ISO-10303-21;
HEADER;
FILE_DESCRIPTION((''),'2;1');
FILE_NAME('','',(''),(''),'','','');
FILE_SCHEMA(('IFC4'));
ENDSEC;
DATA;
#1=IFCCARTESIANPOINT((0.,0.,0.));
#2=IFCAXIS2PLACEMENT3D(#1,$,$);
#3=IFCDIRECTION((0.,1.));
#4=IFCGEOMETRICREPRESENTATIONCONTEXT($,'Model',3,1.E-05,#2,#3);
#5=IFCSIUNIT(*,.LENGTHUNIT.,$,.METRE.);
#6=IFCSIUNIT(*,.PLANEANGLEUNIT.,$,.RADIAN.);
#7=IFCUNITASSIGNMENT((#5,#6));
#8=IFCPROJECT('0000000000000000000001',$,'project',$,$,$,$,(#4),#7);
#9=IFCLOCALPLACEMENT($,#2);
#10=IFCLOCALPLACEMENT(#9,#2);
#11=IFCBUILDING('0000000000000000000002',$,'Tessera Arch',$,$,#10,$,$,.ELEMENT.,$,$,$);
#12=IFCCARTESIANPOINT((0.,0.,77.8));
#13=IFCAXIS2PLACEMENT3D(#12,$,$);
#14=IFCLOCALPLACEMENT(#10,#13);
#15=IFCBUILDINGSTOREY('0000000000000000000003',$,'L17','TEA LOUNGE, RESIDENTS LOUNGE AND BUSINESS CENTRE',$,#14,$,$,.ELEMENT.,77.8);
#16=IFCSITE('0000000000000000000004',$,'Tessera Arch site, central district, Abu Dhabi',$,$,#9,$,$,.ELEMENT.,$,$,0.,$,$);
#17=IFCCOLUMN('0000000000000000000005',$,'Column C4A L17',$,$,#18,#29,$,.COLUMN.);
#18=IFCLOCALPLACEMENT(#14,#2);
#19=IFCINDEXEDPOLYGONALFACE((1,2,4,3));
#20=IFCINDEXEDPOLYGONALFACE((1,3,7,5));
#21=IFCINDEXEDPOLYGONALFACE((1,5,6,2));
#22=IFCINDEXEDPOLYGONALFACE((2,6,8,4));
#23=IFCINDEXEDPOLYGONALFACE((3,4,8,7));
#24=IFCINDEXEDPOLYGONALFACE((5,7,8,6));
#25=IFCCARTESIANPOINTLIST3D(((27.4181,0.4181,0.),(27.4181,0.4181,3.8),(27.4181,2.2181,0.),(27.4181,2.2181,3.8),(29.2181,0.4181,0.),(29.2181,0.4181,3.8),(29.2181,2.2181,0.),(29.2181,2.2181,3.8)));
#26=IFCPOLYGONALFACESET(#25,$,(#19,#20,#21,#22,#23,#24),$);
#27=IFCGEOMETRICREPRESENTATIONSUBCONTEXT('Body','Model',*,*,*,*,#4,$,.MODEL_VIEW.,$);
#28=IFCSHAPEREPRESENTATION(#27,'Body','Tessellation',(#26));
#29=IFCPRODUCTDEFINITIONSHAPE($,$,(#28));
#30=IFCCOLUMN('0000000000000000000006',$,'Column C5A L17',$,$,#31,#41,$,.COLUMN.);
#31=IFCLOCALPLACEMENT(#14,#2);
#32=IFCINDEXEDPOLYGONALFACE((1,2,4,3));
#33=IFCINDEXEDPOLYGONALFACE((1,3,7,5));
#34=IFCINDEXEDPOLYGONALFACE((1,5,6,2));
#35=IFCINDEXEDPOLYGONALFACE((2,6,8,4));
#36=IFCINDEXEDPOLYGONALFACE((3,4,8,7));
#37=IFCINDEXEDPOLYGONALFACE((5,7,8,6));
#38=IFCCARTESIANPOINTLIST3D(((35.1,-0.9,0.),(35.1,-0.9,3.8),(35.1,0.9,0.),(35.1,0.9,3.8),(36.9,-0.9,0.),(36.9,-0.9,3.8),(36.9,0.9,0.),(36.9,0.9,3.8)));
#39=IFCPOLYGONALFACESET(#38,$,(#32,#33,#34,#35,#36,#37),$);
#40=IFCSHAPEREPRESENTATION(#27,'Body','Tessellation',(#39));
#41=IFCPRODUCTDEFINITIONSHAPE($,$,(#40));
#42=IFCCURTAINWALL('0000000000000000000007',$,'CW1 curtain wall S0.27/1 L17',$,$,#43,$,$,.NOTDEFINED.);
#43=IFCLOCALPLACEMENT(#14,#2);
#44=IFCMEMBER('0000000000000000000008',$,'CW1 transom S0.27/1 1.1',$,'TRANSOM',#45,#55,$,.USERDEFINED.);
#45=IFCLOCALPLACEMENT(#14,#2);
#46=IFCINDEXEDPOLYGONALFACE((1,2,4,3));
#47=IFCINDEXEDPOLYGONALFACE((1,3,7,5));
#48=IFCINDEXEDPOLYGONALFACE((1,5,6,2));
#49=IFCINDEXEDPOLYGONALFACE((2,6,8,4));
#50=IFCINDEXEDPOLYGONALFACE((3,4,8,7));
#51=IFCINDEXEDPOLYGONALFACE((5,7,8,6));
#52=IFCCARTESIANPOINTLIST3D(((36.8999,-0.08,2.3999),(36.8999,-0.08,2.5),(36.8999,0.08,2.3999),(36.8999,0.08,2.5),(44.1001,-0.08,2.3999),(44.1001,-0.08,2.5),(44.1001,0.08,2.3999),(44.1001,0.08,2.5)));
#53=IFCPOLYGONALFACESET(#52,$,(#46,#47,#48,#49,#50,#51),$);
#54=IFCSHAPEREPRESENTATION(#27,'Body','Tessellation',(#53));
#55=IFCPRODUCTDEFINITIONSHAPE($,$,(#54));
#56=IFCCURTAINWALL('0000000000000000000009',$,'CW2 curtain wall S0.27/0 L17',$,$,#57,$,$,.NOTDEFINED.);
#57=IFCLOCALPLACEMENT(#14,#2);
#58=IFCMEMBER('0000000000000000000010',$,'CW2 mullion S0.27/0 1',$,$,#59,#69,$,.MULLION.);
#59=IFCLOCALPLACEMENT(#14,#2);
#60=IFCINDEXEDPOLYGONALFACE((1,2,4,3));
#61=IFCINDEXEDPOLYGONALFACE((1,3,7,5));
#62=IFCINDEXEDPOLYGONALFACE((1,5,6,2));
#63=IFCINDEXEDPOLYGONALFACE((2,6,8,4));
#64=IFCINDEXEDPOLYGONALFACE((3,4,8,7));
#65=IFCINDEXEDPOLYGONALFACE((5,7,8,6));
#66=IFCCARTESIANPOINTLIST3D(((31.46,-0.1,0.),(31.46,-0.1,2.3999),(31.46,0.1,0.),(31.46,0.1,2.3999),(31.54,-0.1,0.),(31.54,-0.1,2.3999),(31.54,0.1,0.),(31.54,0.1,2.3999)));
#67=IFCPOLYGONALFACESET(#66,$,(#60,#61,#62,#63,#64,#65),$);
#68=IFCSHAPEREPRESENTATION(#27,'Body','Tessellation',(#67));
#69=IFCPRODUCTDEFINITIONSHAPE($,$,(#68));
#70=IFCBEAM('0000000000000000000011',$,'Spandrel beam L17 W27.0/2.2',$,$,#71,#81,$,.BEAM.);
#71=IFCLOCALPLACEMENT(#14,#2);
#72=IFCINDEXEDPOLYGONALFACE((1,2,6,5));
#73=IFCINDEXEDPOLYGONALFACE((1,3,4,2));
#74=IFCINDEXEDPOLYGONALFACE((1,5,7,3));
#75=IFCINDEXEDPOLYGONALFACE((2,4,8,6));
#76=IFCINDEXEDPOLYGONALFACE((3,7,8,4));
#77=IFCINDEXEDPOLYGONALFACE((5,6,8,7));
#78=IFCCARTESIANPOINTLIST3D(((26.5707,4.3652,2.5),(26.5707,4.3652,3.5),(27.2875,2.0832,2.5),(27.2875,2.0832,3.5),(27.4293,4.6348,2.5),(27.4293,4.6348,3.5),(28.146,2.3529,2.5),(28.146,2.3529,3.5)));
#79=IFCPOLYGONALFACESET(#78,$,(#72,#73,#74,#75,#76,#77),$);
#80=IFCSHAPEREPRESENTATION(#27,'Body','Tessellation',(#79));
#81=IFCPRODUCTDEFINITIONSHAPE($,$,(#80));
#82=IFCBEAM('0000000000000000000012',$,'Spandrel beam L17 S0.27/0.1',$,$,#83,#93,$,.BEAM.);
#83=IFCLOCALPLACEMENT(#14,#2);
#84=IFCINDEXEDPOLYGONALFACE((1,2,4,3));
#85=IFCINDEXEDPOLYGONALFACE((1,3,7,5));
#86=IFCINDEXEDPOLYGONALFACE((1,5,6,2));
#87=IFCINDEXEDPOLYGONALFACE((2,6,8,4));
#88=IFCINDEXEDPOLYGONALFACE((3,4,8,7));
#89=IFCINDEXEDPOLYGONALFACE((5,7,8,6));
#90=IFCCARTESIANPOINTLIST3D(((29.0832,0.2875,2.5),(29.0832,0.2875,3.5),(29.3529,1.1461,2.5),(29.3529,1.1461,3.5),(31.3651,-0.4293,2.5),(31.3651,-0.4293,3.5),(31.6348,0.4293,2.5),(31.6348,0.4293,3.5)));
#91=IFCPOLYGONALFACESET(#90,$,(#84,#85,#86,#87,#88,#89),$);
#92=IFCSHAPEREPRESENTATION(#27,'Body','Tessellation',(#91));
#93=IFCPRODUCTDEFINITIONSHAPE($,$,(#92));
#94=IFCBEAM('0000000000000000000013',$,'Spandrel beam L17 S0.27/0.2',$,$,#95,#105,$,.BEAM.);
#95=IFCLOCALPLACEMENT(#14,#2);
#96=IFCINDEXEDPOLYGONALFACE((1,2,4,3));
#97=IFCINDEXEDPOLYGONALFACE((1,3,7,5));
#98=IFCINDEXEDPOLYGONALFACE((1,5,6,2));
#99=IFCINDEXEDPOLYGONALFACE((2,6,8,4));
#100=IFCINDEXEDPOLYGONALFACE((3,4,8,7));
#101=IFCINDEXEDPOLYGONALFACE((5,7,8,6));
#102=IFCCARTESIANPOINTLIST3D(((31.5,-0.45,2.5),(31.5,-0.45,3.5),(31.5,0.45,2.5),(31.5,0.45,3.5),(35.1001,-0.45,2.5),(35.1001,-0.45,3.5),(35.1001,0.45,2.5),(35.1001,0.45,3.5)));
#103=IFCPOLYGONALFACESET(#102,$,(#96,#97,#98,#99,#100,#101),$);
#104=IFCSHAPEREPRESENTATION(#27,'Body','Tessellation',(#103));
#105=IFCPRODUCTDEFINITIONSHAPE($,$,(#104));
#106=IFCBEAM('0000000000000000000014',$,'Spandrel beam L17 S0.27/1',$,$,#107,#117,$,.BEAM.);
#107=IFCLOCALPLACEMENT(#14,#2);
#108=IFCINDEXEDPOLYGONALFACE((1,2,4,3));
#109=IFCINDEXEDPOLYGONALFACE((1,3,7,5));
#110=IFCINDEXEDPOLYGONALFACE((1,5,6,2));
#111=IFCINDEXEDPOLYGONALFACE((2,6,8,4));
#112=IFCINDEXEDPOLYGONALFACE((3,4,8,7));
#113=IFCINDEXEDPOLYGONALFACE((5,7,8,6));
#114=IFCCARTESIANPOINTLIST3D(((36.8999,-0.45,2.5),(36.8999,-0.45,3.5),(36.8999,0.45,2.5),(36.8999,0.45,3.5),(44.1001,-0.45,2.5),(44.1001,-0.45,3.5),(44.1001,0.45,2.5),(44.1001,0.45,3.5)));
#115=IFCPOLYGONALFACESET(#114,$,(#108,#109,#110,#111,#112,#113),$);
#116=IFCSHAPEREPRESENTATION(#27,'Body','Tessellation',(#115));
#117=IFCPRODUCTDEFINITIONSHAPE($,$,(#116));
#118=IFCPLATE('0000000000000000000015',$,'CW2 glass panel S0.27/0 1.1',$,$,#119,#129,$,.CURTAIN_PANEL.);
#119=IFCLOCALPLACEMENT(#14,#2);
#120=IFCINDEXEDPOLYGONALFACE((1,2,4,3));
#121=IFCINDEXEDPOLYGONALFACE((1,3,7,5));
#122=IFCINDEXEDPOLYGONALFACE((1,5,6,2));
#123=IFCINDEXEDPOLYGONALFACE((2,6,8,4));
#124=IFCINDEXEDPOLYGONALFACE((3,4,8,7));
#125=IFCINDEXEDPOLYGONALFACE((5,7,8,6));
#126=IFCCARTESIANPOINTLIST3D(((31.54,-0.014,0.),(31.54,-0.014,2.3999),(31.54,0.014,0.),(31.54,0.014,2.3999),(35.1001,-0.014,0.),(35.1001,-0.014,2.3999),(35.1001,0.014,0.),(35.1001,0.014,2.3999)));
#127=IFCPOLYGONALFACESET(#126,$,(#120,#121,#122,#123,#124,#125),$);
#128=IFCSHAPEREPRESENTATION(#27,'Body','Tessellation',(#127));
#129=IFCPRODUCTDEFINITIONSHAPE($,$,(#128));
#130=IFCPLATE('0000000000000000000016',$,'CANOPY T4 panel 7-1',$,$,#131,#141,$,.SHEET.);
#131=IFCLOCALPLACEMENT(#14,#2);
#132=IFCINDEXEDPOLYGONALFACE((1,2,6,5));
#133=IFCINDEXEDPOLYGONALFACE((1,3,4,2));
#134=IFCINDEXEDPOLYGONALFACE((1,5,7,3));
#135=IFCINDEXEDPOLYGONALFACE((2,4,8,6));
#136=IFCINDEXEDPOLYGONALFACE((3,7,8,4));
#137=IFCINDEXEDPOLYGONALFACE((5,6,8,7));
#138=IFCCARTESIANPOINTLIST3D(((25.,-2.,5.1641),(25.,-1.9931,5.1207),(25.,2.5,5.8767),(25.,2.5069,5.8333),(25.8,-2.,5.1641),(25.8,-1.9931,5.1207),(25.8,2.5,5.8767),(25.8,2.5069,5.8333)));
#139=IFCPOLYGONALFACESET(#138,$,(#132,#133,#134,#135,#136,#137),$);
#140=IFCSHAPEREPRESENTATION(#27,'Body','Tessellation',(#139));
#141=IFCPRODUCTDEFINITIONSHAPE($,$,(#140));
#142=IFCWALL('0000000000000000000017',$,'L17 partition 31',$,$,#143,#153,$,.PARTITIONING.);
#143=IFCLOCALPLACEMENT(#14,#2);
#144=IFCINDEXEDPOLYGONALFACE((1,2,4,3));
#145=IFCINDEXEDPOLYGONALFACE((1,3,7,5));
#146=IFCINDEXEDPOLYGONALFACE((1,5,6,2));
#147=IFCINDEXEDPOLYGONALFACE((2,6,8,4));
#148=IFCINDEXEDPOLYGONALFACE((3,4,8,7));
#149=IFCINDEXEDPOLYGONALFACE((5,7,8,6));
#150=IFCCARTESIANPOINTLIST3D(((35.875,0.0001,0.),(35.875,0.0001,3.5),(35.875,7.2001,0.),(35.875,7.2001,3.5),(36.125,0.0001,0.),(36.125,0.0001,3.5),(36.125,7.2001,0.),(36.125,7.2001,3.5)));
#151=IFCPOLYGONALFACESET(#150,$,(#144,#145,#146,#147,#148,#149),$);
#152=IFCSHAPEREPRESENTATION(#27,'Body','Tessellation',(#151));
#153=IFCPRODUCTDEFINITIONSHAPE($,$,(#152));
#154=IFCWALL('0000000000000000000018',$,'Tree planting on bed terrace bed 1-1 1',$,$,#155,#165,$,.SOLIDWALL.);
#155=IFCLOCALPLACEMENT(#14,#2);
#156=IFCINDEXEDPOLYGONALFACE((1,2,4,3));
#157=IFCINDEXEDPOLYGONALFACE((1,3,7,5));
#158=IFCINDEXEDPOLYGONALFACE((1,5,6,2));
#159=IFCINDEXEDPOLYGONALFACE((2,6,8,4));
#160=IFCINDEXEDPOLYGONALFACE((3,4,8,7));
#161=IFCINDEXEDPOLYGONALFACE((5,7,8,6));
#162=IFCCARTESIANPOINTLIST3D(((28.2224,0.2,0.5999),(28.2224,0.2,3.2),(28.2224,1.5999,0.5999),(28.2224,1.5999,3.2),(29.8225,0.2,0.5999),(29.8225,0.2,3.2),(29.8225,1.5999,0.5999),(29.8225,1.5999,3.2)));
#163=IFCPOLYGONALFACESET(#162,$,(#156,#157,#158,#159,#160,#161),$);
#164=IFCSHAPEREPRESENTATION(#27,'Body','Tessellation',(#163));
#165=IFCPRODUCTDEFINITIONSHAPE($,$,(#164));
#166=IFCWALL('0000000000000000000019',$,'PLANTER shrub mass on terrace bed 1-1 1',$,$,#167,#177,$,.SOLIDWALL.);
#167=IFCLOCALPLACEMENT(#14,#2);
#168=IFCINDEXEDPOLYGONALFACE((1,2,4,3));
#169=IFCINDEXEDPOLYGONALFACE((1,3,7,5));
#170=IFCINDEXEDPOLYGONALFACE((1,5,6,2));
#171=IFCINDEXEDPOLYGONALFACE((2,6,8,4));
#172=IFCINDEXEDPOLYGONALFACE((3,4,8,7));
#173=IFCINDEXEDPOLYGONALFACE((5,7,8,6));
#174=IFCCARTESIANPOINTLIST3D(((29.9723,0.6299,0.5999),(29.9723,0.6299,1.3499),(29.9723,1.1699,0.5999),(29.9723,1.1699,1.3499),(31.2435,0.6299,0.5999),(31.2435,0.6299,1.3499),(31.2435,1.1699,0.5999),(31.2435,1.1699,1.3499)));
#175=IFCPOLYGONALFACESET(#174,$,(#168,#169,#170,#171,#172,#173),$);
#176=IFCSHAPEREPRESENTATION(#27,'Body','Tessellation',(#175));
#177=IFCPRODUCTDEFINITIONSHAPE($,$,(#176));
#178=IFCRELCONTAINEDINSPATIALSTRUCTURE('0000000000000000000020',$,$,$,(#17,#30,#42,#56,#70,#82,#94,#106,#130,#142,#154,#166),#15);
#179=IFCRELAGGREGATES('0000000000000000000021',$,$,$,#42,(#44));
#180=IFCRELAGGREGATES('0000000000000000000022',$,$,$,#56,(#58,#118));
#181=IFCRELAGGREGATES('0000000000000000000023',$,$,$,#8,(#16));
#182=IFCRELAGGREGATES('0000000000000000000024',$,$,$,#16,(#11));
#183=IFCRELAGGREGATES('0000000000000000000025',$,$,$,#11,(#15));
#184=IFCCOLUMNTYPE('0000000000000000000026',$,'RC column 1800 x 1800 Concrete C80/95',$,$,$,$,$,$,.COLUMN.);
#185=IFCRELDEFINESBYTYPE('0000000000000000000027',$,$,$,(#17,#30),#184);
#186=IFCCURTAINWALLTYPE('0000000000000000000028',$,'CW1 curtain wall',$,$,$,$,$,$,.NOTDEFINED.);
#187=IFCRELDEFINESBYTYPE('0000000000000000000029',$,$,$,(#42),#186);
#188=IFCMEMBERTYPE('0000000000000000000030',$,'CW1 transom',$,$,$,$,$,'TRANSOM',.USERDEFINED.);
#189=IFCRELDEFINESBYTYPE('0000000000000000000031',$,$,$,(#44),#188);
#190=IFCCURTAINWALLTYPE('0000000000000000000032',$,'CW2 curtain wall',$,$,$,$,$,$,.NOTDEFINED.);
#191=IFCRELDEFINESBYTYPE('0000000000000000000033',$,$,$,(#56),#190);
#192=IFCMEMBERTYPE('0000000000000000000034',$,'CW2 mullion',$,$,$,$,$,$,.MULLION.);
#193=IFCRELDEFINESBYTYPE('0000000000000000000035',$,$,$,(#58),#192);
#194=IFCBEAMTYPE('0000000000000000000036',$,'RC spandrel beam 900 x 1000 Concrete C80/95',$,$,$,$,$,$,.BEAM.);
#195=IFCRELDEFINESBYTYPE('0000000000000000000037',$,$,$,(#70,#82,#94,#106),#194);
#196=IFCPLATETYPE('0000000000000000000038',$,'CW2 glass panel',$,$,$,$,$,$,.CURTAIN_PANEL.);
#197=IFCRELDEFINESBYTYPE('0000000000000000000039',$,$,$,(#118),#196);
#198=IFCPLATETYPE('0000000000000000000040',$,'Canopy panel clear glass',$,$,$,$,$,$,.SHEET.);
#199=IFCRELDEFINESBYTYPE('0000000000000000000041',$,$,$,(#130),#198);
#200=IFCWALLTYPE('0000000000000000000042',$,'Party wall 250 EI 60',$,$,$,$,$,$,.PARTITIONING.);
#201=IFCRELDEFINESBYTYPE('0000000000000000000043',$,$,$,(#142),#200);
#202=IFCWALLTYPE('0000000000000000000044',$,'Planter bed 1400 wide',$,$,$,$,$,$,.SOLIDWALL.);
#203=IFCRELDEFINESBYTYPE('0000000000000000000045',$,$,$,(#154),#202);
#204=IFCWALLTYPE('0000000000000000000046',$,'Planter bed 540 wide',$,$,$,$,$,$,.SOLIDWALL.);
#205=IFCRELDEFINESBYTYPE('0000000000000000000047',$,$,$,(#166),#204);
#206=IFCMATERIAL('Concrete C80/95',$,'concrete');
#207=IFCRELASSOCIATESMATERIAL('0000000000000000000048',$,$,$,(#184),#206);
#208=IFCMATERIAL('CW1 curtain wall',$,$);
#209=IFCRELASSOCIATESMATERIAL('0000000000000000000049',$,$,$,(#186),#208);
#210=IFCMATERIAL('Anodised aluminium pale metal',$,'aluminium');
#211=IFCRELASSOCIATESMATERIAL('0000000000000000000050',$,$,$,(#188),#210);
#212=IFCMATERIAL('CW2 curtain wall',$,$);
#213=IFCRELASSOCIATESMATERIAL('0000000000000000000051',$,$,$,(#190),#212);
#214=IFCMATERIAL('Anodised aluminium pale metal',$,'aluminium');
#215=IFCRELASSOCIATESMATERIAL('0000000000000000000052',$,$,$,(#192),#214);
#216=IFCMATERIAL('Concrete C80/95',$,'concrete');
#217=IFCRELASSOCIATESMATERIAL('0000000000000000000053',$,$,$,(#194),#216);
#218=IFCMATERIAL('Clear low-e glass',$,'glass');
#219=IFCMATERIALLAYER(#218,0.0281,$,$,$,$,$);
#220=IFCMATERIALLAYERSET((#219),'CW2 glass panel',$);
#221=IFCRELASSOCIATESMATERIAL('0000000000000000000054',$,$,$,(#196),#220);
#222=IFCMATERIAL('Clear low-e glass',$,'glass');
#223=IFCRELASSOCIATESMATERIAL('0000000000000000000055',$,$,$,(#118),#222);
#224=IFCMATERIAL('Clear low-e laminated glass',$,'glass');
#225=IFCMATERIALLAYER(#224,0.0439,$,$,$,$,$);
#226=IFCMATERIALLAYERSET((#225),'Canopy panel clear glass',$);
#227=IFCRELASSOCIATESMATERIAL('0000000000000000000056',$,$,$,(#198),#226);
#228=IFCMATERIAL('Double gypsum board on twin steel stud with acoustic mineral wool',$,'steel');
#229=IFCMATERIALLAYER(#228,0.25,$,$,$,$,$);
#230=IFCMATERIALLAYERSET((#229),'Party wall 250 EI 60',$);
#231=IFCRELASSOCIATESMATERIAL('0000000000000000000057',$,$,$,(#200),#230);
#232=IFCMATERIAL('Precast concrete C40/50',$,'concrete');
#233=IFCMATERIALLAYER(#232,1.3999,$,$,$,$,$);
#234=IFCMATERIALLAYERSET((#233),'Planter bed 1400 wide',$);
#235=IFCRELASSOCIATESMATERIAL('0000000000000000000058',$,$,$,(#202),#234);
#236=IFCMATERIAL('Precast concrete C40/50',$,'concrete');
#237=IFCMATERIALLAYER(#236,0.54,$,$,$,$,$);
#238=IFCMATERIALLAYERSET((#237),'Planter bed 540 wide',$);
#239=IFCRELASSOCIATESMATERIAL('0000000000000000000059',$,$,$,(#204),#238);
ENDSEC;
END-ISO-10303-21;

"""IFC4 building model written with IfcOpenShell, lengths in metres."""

from ifc_helpers import new_model, si_unit, direction, frame, frame_2d, origin, origin_2d, place, context, subcontext, project, spatial, polyline, rectangle, outline, extrude, material, layer, layer_set, material_profile, profile_set, type_object, element, aggregate, save


model = new_model("IFC4")

# Units and contexts
model_context = context("Model", 3, precision=1e-05, world=origin(), true_north=direction((0.0, 1.0)))
body_context = subcontext(model_context, "Body", "Model", "MODEL_VIEW")
ifc_project = project(units=[si_unit("LENGTHUNIT", "METRE"), si_unit("PLANEANGLEUNIT", "RADIAN")], contexts=[model_context])

# Site, building, storey
site_placement = place(None, origin())
site = spatial("IfcSite", under=ifc_project, at=site_placement, Name="Tessera Arch site, central district, Abu Dhabi", CompositionType="ELEMENT", RefElevation=0.0)
building_placement = place(site_placement, origin())
building = spatial("IfcBuilding", under=site, at=building_placement, Name="Tessera Arch", CompositionType="ELEMENT")
storey_placement = place(building_placement, frame((0.0, 0.0, 77.8)))
storey = spatial("IfcBuildingStorey", under=building, at=storey_placement, Name="L17", Description="TEA LOUNGE, RESIDENTS LOUNGE AND BUSINESS CENTRE", CompositionType="ELEMENT", Elevation=77.8)

# Columns
ifc_material_1 = material(Name="Concrete C80/95", Category="concrete")
ifc_material_profile_1 = material_profile(ifc_material_1, rectangle(XDim=1.8, YDim=1.8, at=origin_2d()), Name="RC column 1800 x 1800 Concrete C80/95")
ifc_profile_set_1 = profile_set([ifc_material_profile_1], Name="Concrete C80/95")
column_type = type_object("IfcColumnType", Name="RC column 1800 x 1800 Concrete C80/95", PredefinedType="COLUMN", material=ifc_profile_set_1)
for number, where, z_axis, x_axis, name in (
    (1, (28.3181, 1.3181, 0.0), (0.0, 0.0, 1.0), (1.0, 0.0, 0.0), "Column C4A L17"),
    (2, (36.0, 0.0, 0.0), (0.0, 0.0, 1.0), (1.0, 0.0, 0.0), "Column C5A L17"),
):
    element("IfcColumn", number, at=place(storey_placement, frame(where, z_axis=z_axis, x_axis=x_axis)), inside=storey, type_object=column_type, Name=name, PredefinedType="COLUMN", context=body_context, shape_type="SweptSolid", body=[
        extrude(rectangle(XDim=1.8, YDim=1.8, at=origin_2d()), origin(), (0.0, 0.0, 1.0), 3.8),
    ])

# Curtain walls, members
ifc_material_2 = material(Name="CW1 curtain wall")
curtain_wall_type_1 = type_object("IfcCurtainWallType", Name="CW1 curtain wall", PredefinedType="NOTDEFINED", material=ifc_material_2)
curtain_wall_1_placement = place(storey_placement, origin())
curtain_wall_1 = element("IfcCurtainWall", 3, at=curtain_wall_1_placement, inside=storey, type_object=curtain_wall_type_1, Name="CW1 curtain wall S0.27/1 L17", PredefinedType="NOTDEFINED")
ifc_material_3 = material(Name="Anodised aluminium pale metal", Category="aluminium")
ifc_material_profile_2 = material_profile(ifc_material_3, rectangle(XDim=0.1599, YDim=0.1001, at=origin_2d()), Name="AL 160x100")
ifc_profile_set_2 = profile_set([ifc_material_profile_2], Name="Anodised aluminium pale metal")
member_type_1 = type_object("IfcMemberType", Name="CW1 transom", ElementType="TRANSOM", PredefinedType="USERDEFINED", material=ifc_profile_set_2)
member_1_placement = place(storey_placement, frame((36.8999, 0.0, 2.45), z_axis=(1.0, 0.0, 0.0), x_axis=(0.0, 1.0, 0.0)))
member_1 = element("IfcMember", 4, at=member_1_placement, type_object=member_type_1, Name="CW1 transom S0.27/1 1.1", ObjectType="TRANSOM", PredefinedType="USERDEFINED", context=body_context, shape_type="SweptSolid", body=[
    extrude(rectangle(XDim=0.1599, YDim=0.1001, at=origin_2d()), origin(), (0.0, 0.0, 1.0), 7.2002),
])
aggregate(curtain_wall_1, [member_1])
ifc_material_4 = material(Name="CW2 curtain wall")
curtain_wall_type_2 = type_object("IfcCurtainWallType", Name="CW2 curtain wall", PredefinedType="NOTDEFINED", material=ifc_material_4)
curtain_wall_2_placement = place(storey_placement, origin())
curtain_wall_2 = element("IfcCurtainWall", 5, at=curtain_wall_2_placement, inside=storey, type_object=curtain_wall_type_2, Name="CW2 curtain wall S0.27/0 L17", PredefinedType="NOTDEFINED")
ifc_material_5 = material(Name="Anodised aluminium pale metal", Category="aluminium")
ifc_material_profile_3 = material_profile(ifc_material_5, rectangle(XDim=0.2, YDim=0.0801, at=origin_2d()), Name="AL 80x200")
ifc_profile_set_3 = profile_set([ifc_material_profile_3], Name="Anodised aluminium pale metal")
member_type_2 = type_object("IfcMemberType", Name="CW2 mullion", PredefinedType="MULLION", material=ifc_profile_set_3)
member_2_placement = place(storey_placement, frame((31.5, 0.0, 0.0), z_axis=(0.0, 0.0, 1.0), x_axis=(0.0, 1.0, 0.0)))
member_2 = element("IfcMember", 6, at=member_2_placement, type_object=member_type_2, Name="CW2 mullion S0.27/0 1", PredefinedType="MULLION", context=body_context, shape_type="SweptSolid", body=[
    extrude(rectangle(XDim=0.2, YDim=0.0801, at=origin_2d()), origin(), (0.0, 0.0, 1.0), 2.3999),
])

# Beams
ifc_material_6 = material(Name="Concrete C80/95", Category="concrete")
ifc_material_profile_4 = material_profile(ifc_material_6, rectangle(XDim=0.8999, YDim=1.0, at=origin_2d()), Name="RC spandrel beam 900 x 1000 Concrete C80/95")
ifc_profile_set_4 = profile_set([ifc_material_profile_4], Name="Concrete C80/95")
beam_type = type_object("IfcBeamType", Name="RC spandrel beam 900 x 1000 Concrete C80/95", PredefinedType="BEAM", material=ifc_profile_set_4)
for number, where, z_axis, x_axis, name in (
    (7, (27.0, 4.5, 3.0), (0.299675, -0.954041, 0.0), (0.954041, 0.299675, 0.0), "Spandrel beam L17 W27.0/2.2"),
    (8, (29.218, 0.7168, 3.0), (0.954041, -0.299675, 0.0), (0.299675, 0.954041, 0.0), "Spandrel beam L17 S0.27/0.1"),
):
    element("IfcBeam", number, at=place(storey_placement, frame(where, z_axis=z_axis, x_axis=x_axis)), inside=storey, type_object=beam_type, Name=name, PredefinedType="BEAM", context=body_context, shape_type="SweptSolid", body=[
        extrude(rectangle(XDim=0.8999, YDim=1.0, at=origin_2d()), origin(), (0.0, 0.0, 1.0), 2.3918),
    ])
beam_1_placement = place(storey_placement, frame((31.5, 0.0, 3.0), z_axis=(1.0, 0.0, 0.0), x_axis=(0.0, 1.0, 0.0)))
element("IfcBeam", 9, at=beam_1_placement, inside=storey, type_object=beam_type, Name="Spandrel beam L17 S0.27/0.2", PredefinedType="BEAM", context=body_context, shape_type="SweptSolid", body=[
    extrude(rectangle(XDim=0.8999, YDim=1.0, at=origin_2d()), origin(), (0.0, 0.0, 1.0), 3.6001),
])
beam_2_placement = place(storey_placement, frame((36.8999, 0.0, 3.0), z_axis=(1.0, 0.0, 0.0), x_axis=(0.0, 1.0, 0.0)))
element("IfcBeam", 10, at=beam_2_placement, inside=storey, type_object=beam_type, Name="Spandrel beam L17 S0.27/1", PredefinedType="BEAM", context=body_context, shape_type="SweptSolid", body=[
    extrude(rectangle(XDim=0.8999, YDim=1.0, at=origin_2d()), origin(), (0.0, 0.0, 1.0), 7.2002),
])

# Plates
ifc_material_7 = material(Name="Clear low-e glass", Category="glass")
ifc_material_8 = material(Name="Clear low-e glass", Category="glass")
ifc_layer_1 = layer(ifc_material_8, 0.0281)
ifc_layer_set_1 = layer_set([ifc_layer_1], Name="CW2 glass panel")
plate_type_1 = type_object("IfcPlateType", Name="CW2 glass panel", PredefinedType="CURTAIN_PANEL", material=ifc_layer_set_1)
plate_1_placement = place(storey_placement, frame((33.3201, 0.0, 0.0), z_axis=(0.0, 0.0, 1.0), x_axis=(1.0, 0.0, 0.0)))
plate_1 = element("IfcPlate", 11, at=plate_1_placement, type_object=plate_type_1, material=ifc_material_7, Name="CW2 glass panel S0.27/0 1.1", PredefinedType="CURTAIN_PANEL", context=body_context, shape_type="SweptSolid", body=[
    extrude(rectangle(XDim=3.5601, YDim=0.0281, at=origin_2d()), origin(), (0.0, 0.0, 1.0), 2.3999),
])
aggregate(curtain_wall_2, [member_2, plate_1])
ifc_material_9 = material(Name="Clear low-e laminated glass", Category="glass")
ifc_layer_2 = layer(ifc_material_9, 0.0439)
ifc_layer_set_2 = layer_set([ifc_layer_2], Name="Canopy panel clear glass")
plate_type_2 = type_object("IfcPlateType", Name="Canopy panel clear glass", PredefinedType="SHEET", material=ifc_layer_set_2)
plate_2_placement = place(storey_placement, frame((25.8, 2.5, 5.8767), z_axis=(0.0, -0.156417, 0.987691), x_axis=(-1.0, 0.0, 0.0)))
element("IfcPlate", 12, at=plate_2_placement, inside=storey, type_object=plate_type_2, Name="CANOPY T4 panel 7-1", PredefinedType="SHEET", context=body_context, shape_type="SweptSolid", body=[
    extrude(outline(polyline([(0.0, 0.0), (0.8, 0.0), (0.8, 4.5561), (0.0, 4.5561), (0.0, 0.0)])), origin(), (0.0, 0.0, -1.0), 0.0439),
])

# Walls
ifc_material_10 = material(Name="Double gypsum board on twin steel stud with acoustic mineral wool", Category="steel")
ifc_layer_3 = layer(ifc_material_10, 0.25)
ifc_layer_set_3 = layer_set([ifc_layer_3], Name="Party wall 250 EI 60")
wall_type_1 = type_object("IfcWallType", Name="Party wall 250 EI 60", PredefinedType="PARTITIONING", material=ifc_layer_set_3)
wall_1_placement = place(storey_placement, frame((36.0, 0.0, 0.0), z_axis=(0.0, 0.0, 1.0), x_axis=(0.0, 1.0, 0.0)))
element("IfcWall", 13, at=wall_1_placement, inside=storey, type_object=wall_type_1, Name="L17 partition 31", PredefinedType="PARTITIONING", context=body_context, shape_type="SweptSolid", body=[
    extrude(rectangle(XDim=7.2, YDim=0.25, at=frame_2d((3.6001, 0.0))), origin(), (0.0, 0.0, 1.0), 3.5),
])
ifc_material_11 = material(Name="Precast concrete C40/50", Category="concrete")
ifc_layer_4 = layer(ifc_material_11, 1.3999)
ifc_layer_set_4 = layer_set([ifc_layer_4], Name="Planter bed 1400 wide")
wall_type_2 = type_object("IfcWallType", Name="Planter bed 1400 wide", PredefinedType="SOLIDWALL", material=ifc_layer_set_4)
wall_2_placement = place(storey_placement, frame((29.8225, 0.8999, 0.5999), z_axis=(0.0, 0.0, 1.0), x_axis=(-1.0, 0.0, 0.0)))
element("IfcWall", 14, at=wall_2_placement, inside=storey, type_object=wall_type_2, Name="Tree planting on bed terrace bed 1-1 1", PredefinedType="SOLIDWALL", context=body_context, shape_type="SweptSolid", body=[
    extrude(rectangle(XDim=1.6001, YDim=1.3999, at=frame_2d((0.8, 0.0))), origin(), (0.0, 0.0, 1.0), 2.6001),
])
ifc_material_12 = material(Name="Precast concrete C40/50", Category="concrete")
ifc_layer_5 = layer(ifc_material_12, 0.54)
ifc_layer_set_5 = layer_set([ifc_layer_5], Name="Planter bed 540 wide")
wall_type_3 = type_object("IfcWallType", Name="Planter bed 540 wide", PredefinedType="SOLIDWALL", material=ifc_layer_set_5)
wall_3_placement = place(storey_placement, frame((31.2437, 0.8999, 0.5999), z_axis=(0.0, 0.0, 1.0), x_axis=(-1.0, 0.0, 0.0)))
element("IfcWall", 15, at=wall_3_placement, inside=storey, type_object=wall_type_3, Name="PLANTER shrub mass on terrace bed 1-1 1", PredefinedType="SOLIDWALL", context=body_context, shape_type="SweptSolid", body=[
    extrude(rectangle(XDim=1.2712, YDim=0.54, at=frame_2d((0.6357, 0.0))), origin(), (0.0, 0.0, 1.0), 0.75),
])

save(model, "model.ifc")
